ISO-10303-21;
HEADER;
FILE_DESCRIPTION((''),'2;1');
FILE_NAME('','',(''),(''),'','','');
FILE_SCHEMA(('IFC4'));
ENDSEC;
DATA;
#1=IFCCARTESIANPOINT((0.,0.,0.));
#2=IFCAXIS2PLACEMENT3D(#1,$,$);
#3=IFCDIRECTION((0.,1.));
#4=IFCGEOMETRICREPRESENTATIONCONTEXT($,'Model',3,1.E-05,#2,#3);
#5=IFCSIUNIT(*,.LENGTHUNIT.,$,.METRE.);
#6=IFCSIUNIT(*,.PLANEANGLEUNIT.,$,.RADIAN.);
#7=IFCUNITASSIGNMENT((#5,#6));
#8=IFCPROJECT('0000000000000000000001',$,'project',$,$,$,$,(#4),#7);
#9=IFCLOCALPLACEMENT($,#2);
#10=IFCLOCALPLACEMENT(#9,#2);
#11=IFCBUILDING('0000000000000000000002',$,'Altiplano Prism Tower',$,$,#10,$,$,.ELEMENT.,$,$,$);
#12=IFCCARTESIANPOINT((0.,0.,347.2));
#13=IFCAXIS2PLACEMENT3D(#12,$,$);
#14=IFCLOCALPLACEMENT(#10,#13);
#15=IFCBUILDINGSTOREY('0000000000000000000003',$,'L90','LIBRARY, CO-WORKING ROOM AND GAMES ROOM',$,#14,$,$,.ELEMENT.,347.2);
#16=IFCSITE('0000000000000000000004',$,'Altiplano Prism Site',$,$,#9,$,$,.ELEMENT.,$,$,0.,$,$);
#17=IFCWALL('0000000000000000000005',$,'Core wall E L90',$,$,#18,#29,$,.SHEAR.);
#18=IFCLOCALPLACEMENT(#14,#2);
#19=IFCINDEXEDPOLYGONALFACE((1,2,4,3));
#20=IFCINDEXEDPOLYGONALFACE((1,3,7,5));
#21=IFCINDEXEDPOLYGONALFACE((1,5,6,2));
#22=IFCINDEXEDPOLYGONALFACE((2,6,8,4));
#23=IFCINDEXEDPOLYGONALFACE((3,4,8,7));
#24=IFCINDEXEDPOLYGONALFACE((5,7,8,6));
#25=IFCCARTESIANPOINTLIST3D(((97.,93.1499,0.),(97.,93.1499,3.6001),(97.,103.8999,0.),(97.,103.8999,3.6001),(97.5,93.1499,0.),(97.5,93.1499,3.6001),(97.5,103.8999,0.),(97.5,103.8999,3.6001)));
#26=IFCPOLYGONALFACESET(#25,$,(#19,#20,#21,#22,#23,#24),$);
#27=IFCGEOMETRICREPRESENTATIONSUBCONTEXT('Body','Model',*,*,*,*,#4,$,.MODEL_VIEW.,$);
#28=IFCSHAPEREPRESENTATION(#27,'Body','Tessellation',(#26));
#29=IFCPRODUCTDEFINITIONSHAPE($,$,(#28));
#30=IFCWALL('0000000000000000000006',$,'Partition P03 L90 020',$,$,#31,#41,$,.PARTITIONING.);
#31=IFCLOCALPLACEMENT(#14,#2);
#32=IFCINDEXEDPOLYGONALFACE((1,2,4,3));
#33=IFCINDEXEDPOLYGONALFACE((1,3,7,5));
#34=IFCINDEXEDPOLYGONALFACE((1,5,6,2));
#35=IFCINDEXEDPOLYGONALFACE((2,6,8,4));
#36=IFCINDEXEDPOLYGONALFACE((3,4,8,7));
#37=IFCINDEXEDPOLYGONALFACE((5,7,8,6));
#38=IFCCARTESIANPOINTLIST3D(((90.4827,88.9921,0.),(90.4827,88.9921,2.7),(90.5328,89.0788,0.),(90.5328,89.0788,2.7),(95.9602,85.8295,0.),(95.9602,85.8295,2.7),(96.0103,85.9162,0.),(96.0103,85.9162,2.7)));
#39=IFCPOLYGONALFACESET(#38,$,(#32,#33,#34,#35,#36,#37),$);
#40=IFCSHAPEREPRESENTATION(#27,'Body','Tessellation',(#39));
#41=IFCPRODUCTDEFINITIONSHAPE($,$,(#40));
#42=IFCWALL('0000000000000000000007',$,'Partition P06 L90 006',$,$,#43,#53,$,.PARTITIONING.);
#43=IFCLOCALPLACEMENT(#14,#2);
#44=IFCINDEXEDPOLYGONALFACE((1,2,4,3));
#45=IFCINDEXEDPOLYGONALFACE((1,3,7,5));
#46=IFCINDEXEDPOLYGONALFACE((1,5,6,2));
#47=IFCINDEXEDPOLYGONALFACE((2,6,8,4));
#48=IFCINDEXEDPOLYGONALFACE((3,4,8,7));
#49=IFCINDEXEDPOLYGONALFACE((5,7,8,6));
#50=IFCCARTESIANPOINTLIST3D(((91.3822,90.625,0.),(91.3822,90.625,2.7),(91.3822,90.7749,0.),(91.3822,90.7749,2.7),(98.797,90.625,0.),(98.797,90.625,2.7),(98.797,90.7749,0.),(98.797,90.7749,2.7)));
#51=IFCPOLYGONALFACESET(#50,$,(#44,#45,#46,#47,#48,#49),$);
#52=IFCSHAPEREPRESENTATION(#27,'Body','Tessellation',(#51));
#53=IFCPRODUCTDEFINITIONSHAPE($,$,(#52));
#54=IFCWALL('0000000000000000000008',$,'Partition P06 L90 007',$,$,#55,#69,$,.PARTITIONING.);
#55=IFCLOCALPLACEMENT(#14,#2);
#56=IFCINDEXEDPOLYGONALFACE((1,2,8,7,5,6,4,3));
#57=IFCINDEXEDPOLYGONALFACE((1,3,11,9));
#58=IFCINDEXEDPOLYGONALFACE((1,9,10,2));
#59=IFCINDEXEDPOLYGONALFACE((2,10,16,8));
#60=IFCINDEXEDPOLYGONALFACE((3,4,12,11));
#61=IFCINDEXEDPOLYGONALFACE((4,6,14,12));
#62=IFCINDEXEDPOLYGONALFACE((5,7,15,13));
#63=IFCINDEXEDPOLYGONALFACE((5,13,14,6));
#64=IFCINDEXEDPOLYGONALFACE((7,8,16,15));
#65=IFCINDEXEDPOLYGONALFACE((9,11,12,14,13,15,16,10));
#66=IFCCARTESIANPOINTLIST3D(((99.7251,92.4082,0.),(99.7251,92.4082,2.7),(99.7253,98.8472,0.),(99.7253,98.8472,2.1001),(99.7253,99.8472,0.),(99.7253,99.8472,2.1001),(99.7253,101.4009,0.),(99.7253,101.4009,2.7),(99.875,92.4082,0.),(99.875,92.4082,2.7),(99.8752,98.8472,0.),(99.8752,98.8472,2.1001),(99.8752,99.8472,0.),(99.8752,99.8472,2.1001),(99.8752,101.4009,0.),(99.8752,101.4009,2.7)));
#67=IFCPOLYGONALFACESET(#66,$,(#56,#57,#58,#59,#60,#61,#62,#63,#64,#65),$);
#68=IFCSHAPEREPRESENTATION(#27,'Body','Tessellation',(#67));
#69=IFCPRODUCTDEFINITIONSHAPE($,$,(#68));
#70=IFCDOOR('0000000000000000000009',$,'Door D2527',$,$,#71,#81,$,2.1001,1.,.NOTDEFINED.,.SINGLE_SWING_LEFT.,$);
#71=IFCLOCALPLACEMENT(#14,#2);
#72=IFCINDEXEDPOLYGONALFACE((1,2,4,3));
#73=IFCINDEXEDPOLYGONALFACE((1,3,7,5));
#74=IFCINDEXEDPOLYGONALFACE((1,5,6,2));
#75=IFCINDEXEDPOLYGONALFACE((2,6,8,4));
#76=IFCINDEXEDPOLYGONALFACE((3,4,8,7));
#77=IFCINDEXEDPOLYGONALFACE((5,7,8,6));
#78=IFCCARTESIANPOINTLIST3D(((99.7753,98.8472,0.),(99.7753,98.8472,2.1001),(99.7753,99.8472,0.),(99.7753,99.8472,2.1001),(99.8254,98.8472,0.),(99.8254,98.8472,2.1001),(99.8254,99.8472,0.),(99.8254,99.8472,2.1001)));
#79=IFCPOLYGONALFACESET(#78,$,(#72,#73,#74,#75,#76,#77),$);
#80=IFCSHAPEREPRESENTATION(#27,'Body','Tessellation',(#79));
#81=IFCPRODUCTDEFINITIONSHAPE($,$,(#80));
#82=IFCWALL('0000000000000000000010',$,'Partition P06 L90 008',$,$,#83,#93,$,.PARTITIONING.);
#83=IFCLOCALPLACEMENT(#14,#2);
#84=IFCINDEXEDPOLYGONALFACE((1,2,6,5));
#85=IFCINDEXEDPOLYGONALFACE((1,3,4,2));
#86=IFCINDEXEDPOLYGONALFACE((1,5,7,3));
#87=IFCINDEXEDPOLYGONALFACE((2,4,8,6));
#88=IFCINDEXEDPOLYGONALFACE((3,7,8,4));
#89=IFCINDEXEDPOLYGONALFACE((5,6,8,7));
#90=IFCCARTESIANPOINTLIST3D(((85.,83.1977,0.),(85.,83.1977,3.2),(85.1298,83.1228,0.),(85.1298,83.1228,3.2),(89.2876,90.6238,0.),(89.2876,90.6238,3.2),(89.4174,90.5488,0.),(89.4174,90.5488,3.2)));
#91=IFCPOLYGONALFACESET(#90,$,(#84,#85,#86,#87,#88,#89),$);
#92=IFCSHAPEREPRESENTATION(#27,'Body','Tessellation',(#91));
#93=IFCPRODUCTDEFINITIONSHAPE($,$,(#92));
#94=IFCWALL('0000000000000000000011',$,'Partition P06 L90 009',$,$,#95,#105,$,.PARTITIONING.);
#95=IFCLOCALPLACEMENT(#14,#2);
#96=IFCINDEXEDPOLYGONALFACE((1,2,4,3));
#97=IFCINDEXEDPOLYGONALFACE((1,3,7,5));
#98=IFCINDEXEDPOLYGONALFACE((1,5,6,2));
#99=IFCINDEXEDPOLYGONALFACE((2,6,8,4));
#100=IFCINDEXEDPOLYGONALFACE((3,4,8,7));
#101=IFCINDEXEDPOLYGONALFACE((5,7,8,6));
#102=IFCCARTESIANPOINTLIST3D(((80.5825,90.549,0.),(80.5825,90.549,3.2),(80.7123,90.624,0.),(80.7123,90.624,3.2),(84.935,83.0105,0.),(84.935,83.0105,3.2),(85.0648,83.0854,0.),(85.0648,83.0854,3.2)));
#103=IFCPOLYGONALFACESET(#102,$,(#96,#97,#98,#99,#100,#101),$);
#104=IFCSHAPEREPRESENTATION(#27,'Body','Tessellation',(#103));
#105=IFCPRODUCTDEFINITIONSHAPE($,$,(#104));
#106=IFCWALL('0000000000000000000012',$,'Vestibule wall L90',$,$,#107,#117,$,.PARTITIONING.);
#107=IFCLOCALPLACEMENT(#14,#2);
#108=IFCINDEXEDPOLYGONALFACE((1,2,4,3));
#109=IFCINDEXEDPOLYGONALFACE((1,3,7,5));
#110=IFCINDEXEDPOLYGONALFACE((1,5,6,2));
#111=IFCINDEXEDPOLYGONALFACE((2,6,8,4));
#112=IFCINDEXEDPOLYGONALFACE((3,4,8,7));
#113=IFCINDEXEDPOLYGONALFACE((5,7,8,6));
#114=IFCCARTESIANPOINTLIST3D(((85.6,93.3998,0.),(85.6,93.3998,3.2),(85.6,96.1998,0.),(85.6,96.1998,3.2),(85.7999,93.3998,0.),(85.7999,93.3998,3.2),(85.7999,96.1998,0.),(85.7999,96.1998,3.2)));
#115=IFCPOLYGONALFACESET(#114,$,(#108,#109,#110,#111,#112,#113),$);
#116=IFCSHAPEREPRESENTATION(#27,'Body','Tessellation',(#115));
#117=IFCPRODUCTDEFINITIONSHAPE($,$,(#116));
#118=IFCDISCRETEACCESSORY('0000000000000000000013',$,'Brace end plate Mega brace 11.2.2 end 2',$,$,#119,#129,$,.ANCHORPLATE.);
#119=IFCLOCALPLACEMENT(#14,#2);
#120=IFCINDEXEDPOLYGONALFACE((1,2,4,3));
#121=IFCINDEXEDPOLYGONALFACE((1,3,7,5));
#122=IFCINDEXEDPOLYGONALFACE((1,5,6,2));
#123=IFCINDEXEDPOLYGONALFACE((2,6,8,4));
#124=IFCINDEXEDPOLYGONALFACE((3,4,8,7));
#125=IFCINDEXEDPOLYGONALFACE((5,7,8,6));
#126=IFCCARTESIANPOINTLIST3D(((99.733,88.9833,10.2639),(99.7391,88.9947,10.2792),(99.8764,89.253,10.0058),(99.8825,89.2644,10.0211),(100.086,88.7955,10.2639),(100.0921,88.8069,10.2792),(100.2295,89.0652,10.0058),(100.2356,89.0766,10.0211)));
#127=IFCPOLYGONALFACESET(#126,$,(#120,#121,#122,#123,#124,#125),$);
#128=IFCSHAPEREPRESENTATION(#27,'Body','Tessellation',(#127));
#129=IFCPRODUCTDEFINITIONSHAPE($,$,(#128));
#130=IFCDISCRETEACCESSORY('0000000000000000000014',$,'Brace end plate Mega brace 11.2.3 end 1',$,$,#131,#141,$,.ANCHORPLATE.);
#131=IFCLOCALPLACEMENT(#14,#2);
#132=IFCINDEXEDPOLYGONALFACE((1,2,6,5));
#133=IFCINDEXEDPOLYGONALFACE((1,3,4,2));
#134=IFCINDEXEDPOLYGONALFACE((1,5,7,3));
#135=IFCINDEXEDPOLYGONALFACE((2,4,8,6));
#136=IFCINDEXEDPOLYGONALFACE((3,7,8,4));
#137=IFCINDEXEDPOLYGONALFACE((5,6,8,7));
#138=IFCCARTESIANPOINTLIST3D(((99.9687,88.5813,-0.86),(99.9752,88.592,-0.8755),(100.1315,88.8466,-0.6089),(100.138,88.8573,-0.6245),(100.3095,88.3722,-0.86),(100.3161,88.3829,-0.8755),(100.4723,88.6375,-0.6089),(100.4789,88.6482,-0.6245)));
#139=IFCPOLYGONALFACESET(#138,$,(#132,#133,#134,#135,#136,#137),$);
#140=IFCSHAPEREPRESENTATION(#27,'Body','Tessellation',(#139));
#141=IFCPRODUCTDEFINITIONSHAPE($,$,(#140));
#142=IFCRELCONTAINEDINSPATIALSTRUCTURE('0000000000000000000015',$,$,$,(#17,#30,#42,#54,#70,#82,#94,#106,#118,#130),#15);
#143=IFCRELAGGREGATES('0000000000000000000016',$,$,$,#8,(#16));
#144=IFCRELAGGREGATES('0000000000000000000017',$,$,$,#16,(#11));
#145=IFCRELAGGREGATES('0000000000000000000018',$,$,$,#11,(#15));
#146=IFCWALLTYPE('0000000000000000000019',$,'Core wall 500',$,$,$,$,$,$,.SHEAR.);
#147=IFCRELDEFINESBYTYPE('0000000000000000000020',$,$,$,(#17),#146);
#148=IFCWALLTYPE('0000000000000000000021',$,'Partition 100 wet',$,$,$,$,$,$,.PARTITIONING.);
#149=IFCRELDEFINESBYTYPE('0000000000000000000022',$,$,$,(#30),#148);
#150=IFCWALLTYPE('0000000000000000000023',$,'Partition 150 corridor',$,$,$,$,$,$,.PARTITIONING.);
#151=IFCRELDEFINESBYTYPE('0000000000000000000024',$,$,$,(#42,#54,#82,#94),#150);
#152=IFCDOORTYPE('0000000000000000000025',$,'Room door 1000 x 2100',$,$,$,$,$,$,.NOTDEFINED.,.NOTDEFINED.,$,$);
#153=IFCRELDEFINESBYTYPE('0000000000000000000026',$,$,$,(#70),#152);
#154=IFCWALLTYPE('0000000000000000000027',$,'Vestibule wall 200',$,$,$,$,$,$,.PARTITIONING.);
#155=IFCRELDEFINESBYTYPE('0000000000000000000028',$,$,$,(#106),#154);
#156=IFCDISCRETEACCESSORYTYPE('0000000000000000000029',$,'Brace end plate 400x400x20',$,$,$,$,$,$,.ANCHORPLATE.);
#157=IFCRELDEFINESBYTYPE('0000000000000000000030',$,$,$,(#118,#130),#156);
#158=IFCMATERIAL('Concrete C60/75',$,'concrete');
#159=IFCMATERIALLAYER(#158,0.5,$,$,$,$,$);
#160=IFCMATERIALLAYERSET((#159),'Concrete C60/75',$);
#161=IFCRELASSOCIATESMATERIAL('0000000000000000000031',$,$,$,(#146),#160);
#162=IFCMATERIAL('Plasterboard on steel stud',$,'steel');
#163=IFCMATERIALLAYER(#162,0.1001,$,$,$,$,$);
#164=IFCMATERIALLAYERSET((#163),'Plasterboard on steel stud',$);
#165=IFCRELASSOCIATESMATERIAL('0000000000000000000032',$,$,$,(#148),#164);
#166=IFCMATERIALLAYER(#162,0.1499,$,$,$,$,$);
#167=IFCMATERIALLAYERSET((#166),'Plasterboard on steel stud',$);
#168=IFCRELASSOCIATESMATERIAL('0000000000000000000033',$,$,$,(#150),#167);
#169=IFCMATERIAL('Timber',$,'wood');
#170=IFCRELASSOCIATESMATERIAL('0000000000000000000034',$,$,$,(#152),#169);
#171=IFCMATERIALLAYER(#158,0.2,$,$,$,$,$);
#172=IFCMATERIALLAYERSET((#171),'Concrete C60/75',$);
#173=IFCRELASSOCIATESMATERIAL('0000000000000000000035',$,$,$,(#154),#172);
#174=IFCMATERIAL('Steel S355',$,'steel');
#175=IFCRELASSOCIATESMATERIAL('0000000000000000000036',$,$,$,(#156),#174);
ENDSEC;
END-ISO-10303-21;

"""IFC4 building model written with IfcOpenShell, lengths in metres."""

from ifc_helpers import new_model, si_unit, direction, frame, frame_2d, origin, origin_2d, place, context, subcontext, project, spatial, rectangle, extrude, material, layer, layer_set, material_profile, profile_set, type_object, element, fill, save


model = new_model("IFC4")

# Units and contexts
model_context = context("Model", 3, precision=1e-05, world=origin(), true_north=direction((0.0, 1.0)))
body_context = subcontext(model_context, "Body", "Model", "MODEL_VIEW")
ifc_project = project(units=[si_unit("LENGTHUNIT", "METRE"), si_unit("PLANEANGLEUNIT", "RADIAN")], contexts=[model_context])

# Site, building, storey
site_placement = place(None, origin())
site = spatial("IfcSite", under=ifc_project, at=site_placement, Name="Altiplano Prism Site", CompositionType="ELEMENT", RefElevation=0.0)
building_placement = place(site_placement, origin())
building = spatial("IfcBuilding", under=site, at=building_placement, Name="Altiplano Prism Tower", CompositionType="ELEMENT")
storey_placement = place(building_placement, frame((0.0, 0.0, 347.2)))
storey = spatial("IfcBuildingStorey", under=building, at=storey_placement, Name="L90", Description="LIBRARY, CO-WORKING ROOM AND GAMES ROOM", CompositionType="ELEMENT", Elevation=347.2)

# Shared definitions
ifc_material_1 = material(Name="Concrete C60/75", Category="concrete")

# Shared definitions
ifc_material_2 = material(Name="Steel S355", Category="steel")

# Walls
ifc_layer_1 = layer(ifc_material_1, 0.5)
ifc_layer_set_1 = layer_set([ifc_layer_1], Name="Concrete C60/75")
wall_type_1 = type_object("IfcWallType", Name="Core wall 500", PredefinedType="SHEAR", material=ifc_layer_set_1)
wall_1_placement = place(storey_placement, frame((97.25, 93.1499, 0.0), z_axis=(0.0, 0.0, 1.0), x_axis=(0.0, 1.0, 0.0)))
element("IfcWall", 1, at=wall_1_placement, inside=storey, type_object=wall_type_1, Name="Core wall E L90", PredefinedType="SHEAR", context=body_context, shape_type="SweptSolid", body=[
    extrude(rectangle(XDim=10.75, YDim=0.5, at=frame_2d((5.375, 0.0))), origin(), (0.0, 0.0, 1.0), 3.6001),
])
ifc_material_3 = material(Name="Plasterboard on steel stud", Category="steel")
ifc_layer_2 = layer(ifc_material_3, 0.1001)
ifc_layer_set_2 = layer_set([ifc_layer_2], Name="Plasterboard on steel stud")
wall_type_2 = type_object("IfcWallType", Name="Partition 100 wet", PredefinedType="PARTITIONING", material=ifc_layer_set_2)
wall_2_placement = place(storey_placement, frame((95.9854, 85.8728, 0.0), z_axis=(0.0, 0.0, 1.0), x_axis=(-0.866016, 0.500016, 0.0)))
element("IfcWall", 2, at=wall_2_placement, inside=storey, type_object=wall_type_2, Name="Partition P03 L90 020", PredefinedType="PARTITIONING", context=body_context, shape_type="SweptSolid", body=[
    extrude(rectangle(XDim=6.325, YDim=0.1001, at=frame_2d((3.1626, 0.0))), origin(), (0.0, 0.0, 1.0), 2.7),
])
ifc_layer_3 = layer(ifc_material_3, 0.1499)
ifc_layer_set_3 = layer_set([ifc_layer_3], Name="Plasterboard on steel stud")
wall_type_3 = type_object("IfcWallType", Name="Partition 150 corridor", PredefinedType="PARTITIONING", material=ifc_layer_set_3)
wall_3_placement = place(storey_placement, frame((91.3821, 90.7, 0.0), z_axis=(0.0, 0.0, 1.0), x_axis=(1.0, 0.0, 0.0)))
element("IfcWall", 3, at=wall_3_placement, inside=storey, type_object=wall_type_3, Name="Partition P06 L90 006", PredefinedType="PARTITIONING", context=body_context, shape_type="SweptSolid", body=[
    extrude(rectangle(XDim=7.4148, YDim=0.1499, at=frame_2d((3.7075, 0.0))), origin(), (0.0, 0.0, 1.0), 2.7),
])

# Wall, opening, door
wall_4_placement = place(storey_placement, frame((99.8, 92.4082, 0.0), z_axis=(0.0, 0.0, 1.0), x_axis=(0.000027, 1.0, 0.0)))
wall_4 = element("IfcWall", 4, at=wall_4_placement, inside=storey, type_object=wall_type_3, Name="Partition P06 L90 007", PredefinedType="PARTITIONING", context=body_context, shape_type="SweptSolid", body=[
    extrude(rectangle(XDim=8.9927, YDim=0.1499, at=frame_2d((4.4963, 0.0))), origin(), (0.0, 0.0, 1.0), 2.7),
])
opening_placement = place(wall_4_placement, frame((6.439, 0.0, 0.0)))
opening = element("IfcOpeningElement", 5, at=opening_placement, cuts=wall_4, PredefinedType="OPENING", context=body_context, shape_type="SweptSolid", body=[
    extrude(rectangle(XDim=1.0, YDim=2.1001, at=frame_2d((0.5, 1.05))), frame((0.0, 0.0854, 0.0), z_axis=(0.0, -1.0, 0.0), x_axis=(1.0, 0.0, 0.0)), (0.0, 0.0, 1.0), 0.1709),
])
ifc_material_4 = material(Name="Timber", Category="wood")
door_type = type_object("IfcDoorType", Name="Room door 1000 x 2100", OperationType="NOTDEFINED", PredefinedType="NOTDEFINED", material=ifc_material_4)
door_placement = place(opening_placement, origin())
door = element("IfcDoor", 6, at=door_placement, inside=storey, type_object=door_type, Name="Door D2527", OperationType="SINGLE_SWING_LEFT", OverallHeight=2.1001, OverallWidth=1.0, PredefinedType="NOTDEFINED", context=body_context, shape_type="SweptSolid", body=[
    extrude(rectangle(XDim=1.0, YDim=2.1001, at=frame_2d((0.5, 1.05))), frame((0.0, 0.0249, 0.0), z_axis=(0.0, -1.0, 0.0), x_axis=(1.0, 0.0, 0.0)), (0.0, 0.0, 1.0), 0.05),
])
fill(opening, door)

# Walls
wall_5_placement = place(storey_placement, frame((89.3525, 90.5864, 0.0), z_axis=(0.0, 0.0, 1.0), x_axis=(-0.500016, -0.866016, 0.0)))
element("IfcWall", 7, at=wall_5_placement, inside=storey, type_object=wall_type_3, Name="Partition P06 L90 008", PredefinedType="PARTITIONING", context=body_context, shape_type="SweptSolid", body=[
    extrude(rectangle(XDim=8.575, YDim=0.1499, at=frame_2d((4.2876, 0.0))), origin(), (0.0, 0.0, 1.0), 3.2),
])
wall_6_placement = place(storey_placement, frame((85.0, 83.0479, 0.0), z_axis=(0.0, 0.0, 1.0), x_axis=(-0.500012, 0.866018, 0.0)))
element("IfcWall", 8, at=wall_6_placement, inside=storey, type_object=wall_type_3, Name="Partition P06 L90 009", PredefinedType="PARTITIONING", context=body_context, shape_type="SweptSolid", body=[
    extrude(rectangle(XDim=8.7048, YDim=0.1499, at=frame_2d((4.3525, 0.0))), origin(), (0.0, 0.0, 1.0), 3.2),
])
ifc_layer_4 = layer(ifc_material_1, 0.2)
ifc_layer_set_4 = layer_set([ifc_layer_4], Name="Concrete C60/75")
wall_type_4 = type_object("IfcWallType", Name="Vestibule wall 200", PredefinedType="PARTITIONING", material=ifc_layer_set_4)
wall_7_placement = place(storey_placement, frame((85.7, 93.3999, 0.0), z_axis=(0.0, 0.0, 1.0), x_axis=(0.0, 1.0, 0.0)))
element("IfcWall", 9, at=wall_7_placement, inside=storey, type_object=wall_type_4, Name="Vestibule wall L90", PredefinedType="PARTITIONING", context=body_context, shape_type="SweptSolid", body=[
    extrude(rectangle(XDim=2.8, YDim=0.2, at=frame_2d((1.3999, 0.0))), origin(), (0.0, 0.0, 1.0), 3.2),
])

# Discrete accessories
ifc_material_profile_1 = material_profile(ifc_material_2, rectangle(XDim=0.3999, YDim=0.3999, at=origin_2d()), Name="Brace end plate 400x400x20")
ifc_profile_set_1 = profile_set([ifc_material_profile_1], Name="Steel S355")
discrete_accessory_type = type_object("IfcDiscreteAccessoryType", Name="Brace end plate 400x400x20", PredefinedType="ANCHORPLATE", material=ifc_profile_set_1)
for number, where, z_axis, x_axis, name in (
    (10, (99.9873, 89.0356, 10.1501), (-0.303103, -0.569833, -0.763819), (0.882872, -0.469613, 0.0), "Brace end plate Mega brace 11.2.2 end 2"),
    (11, (100.2271, 88.6201, -0.75), (-0.328366, -0.535115, 0.778349), (0.852323, -0.523016, 0.0), "Brace end plate Mega brace 11.2.3 end 1"),
):
    element("IfcDiscreteAccessory", number, at=place(storey_placement, frame(where, z_axis=z_axis, x_axis=x_axis)), inside=storey, type_object=discrete_accessory_type, Name=name, PredefinedType="ANCHORPLATE", context=body_context, shape_type="SweptSolid", body=[
        extrude(rectangle(XDim=0.3999, YDim=0.3999, at=origin_2d()), origin(), (0.0, 0.0, 1.0), 0.02),
    ])

save(model, "model.ifc")
